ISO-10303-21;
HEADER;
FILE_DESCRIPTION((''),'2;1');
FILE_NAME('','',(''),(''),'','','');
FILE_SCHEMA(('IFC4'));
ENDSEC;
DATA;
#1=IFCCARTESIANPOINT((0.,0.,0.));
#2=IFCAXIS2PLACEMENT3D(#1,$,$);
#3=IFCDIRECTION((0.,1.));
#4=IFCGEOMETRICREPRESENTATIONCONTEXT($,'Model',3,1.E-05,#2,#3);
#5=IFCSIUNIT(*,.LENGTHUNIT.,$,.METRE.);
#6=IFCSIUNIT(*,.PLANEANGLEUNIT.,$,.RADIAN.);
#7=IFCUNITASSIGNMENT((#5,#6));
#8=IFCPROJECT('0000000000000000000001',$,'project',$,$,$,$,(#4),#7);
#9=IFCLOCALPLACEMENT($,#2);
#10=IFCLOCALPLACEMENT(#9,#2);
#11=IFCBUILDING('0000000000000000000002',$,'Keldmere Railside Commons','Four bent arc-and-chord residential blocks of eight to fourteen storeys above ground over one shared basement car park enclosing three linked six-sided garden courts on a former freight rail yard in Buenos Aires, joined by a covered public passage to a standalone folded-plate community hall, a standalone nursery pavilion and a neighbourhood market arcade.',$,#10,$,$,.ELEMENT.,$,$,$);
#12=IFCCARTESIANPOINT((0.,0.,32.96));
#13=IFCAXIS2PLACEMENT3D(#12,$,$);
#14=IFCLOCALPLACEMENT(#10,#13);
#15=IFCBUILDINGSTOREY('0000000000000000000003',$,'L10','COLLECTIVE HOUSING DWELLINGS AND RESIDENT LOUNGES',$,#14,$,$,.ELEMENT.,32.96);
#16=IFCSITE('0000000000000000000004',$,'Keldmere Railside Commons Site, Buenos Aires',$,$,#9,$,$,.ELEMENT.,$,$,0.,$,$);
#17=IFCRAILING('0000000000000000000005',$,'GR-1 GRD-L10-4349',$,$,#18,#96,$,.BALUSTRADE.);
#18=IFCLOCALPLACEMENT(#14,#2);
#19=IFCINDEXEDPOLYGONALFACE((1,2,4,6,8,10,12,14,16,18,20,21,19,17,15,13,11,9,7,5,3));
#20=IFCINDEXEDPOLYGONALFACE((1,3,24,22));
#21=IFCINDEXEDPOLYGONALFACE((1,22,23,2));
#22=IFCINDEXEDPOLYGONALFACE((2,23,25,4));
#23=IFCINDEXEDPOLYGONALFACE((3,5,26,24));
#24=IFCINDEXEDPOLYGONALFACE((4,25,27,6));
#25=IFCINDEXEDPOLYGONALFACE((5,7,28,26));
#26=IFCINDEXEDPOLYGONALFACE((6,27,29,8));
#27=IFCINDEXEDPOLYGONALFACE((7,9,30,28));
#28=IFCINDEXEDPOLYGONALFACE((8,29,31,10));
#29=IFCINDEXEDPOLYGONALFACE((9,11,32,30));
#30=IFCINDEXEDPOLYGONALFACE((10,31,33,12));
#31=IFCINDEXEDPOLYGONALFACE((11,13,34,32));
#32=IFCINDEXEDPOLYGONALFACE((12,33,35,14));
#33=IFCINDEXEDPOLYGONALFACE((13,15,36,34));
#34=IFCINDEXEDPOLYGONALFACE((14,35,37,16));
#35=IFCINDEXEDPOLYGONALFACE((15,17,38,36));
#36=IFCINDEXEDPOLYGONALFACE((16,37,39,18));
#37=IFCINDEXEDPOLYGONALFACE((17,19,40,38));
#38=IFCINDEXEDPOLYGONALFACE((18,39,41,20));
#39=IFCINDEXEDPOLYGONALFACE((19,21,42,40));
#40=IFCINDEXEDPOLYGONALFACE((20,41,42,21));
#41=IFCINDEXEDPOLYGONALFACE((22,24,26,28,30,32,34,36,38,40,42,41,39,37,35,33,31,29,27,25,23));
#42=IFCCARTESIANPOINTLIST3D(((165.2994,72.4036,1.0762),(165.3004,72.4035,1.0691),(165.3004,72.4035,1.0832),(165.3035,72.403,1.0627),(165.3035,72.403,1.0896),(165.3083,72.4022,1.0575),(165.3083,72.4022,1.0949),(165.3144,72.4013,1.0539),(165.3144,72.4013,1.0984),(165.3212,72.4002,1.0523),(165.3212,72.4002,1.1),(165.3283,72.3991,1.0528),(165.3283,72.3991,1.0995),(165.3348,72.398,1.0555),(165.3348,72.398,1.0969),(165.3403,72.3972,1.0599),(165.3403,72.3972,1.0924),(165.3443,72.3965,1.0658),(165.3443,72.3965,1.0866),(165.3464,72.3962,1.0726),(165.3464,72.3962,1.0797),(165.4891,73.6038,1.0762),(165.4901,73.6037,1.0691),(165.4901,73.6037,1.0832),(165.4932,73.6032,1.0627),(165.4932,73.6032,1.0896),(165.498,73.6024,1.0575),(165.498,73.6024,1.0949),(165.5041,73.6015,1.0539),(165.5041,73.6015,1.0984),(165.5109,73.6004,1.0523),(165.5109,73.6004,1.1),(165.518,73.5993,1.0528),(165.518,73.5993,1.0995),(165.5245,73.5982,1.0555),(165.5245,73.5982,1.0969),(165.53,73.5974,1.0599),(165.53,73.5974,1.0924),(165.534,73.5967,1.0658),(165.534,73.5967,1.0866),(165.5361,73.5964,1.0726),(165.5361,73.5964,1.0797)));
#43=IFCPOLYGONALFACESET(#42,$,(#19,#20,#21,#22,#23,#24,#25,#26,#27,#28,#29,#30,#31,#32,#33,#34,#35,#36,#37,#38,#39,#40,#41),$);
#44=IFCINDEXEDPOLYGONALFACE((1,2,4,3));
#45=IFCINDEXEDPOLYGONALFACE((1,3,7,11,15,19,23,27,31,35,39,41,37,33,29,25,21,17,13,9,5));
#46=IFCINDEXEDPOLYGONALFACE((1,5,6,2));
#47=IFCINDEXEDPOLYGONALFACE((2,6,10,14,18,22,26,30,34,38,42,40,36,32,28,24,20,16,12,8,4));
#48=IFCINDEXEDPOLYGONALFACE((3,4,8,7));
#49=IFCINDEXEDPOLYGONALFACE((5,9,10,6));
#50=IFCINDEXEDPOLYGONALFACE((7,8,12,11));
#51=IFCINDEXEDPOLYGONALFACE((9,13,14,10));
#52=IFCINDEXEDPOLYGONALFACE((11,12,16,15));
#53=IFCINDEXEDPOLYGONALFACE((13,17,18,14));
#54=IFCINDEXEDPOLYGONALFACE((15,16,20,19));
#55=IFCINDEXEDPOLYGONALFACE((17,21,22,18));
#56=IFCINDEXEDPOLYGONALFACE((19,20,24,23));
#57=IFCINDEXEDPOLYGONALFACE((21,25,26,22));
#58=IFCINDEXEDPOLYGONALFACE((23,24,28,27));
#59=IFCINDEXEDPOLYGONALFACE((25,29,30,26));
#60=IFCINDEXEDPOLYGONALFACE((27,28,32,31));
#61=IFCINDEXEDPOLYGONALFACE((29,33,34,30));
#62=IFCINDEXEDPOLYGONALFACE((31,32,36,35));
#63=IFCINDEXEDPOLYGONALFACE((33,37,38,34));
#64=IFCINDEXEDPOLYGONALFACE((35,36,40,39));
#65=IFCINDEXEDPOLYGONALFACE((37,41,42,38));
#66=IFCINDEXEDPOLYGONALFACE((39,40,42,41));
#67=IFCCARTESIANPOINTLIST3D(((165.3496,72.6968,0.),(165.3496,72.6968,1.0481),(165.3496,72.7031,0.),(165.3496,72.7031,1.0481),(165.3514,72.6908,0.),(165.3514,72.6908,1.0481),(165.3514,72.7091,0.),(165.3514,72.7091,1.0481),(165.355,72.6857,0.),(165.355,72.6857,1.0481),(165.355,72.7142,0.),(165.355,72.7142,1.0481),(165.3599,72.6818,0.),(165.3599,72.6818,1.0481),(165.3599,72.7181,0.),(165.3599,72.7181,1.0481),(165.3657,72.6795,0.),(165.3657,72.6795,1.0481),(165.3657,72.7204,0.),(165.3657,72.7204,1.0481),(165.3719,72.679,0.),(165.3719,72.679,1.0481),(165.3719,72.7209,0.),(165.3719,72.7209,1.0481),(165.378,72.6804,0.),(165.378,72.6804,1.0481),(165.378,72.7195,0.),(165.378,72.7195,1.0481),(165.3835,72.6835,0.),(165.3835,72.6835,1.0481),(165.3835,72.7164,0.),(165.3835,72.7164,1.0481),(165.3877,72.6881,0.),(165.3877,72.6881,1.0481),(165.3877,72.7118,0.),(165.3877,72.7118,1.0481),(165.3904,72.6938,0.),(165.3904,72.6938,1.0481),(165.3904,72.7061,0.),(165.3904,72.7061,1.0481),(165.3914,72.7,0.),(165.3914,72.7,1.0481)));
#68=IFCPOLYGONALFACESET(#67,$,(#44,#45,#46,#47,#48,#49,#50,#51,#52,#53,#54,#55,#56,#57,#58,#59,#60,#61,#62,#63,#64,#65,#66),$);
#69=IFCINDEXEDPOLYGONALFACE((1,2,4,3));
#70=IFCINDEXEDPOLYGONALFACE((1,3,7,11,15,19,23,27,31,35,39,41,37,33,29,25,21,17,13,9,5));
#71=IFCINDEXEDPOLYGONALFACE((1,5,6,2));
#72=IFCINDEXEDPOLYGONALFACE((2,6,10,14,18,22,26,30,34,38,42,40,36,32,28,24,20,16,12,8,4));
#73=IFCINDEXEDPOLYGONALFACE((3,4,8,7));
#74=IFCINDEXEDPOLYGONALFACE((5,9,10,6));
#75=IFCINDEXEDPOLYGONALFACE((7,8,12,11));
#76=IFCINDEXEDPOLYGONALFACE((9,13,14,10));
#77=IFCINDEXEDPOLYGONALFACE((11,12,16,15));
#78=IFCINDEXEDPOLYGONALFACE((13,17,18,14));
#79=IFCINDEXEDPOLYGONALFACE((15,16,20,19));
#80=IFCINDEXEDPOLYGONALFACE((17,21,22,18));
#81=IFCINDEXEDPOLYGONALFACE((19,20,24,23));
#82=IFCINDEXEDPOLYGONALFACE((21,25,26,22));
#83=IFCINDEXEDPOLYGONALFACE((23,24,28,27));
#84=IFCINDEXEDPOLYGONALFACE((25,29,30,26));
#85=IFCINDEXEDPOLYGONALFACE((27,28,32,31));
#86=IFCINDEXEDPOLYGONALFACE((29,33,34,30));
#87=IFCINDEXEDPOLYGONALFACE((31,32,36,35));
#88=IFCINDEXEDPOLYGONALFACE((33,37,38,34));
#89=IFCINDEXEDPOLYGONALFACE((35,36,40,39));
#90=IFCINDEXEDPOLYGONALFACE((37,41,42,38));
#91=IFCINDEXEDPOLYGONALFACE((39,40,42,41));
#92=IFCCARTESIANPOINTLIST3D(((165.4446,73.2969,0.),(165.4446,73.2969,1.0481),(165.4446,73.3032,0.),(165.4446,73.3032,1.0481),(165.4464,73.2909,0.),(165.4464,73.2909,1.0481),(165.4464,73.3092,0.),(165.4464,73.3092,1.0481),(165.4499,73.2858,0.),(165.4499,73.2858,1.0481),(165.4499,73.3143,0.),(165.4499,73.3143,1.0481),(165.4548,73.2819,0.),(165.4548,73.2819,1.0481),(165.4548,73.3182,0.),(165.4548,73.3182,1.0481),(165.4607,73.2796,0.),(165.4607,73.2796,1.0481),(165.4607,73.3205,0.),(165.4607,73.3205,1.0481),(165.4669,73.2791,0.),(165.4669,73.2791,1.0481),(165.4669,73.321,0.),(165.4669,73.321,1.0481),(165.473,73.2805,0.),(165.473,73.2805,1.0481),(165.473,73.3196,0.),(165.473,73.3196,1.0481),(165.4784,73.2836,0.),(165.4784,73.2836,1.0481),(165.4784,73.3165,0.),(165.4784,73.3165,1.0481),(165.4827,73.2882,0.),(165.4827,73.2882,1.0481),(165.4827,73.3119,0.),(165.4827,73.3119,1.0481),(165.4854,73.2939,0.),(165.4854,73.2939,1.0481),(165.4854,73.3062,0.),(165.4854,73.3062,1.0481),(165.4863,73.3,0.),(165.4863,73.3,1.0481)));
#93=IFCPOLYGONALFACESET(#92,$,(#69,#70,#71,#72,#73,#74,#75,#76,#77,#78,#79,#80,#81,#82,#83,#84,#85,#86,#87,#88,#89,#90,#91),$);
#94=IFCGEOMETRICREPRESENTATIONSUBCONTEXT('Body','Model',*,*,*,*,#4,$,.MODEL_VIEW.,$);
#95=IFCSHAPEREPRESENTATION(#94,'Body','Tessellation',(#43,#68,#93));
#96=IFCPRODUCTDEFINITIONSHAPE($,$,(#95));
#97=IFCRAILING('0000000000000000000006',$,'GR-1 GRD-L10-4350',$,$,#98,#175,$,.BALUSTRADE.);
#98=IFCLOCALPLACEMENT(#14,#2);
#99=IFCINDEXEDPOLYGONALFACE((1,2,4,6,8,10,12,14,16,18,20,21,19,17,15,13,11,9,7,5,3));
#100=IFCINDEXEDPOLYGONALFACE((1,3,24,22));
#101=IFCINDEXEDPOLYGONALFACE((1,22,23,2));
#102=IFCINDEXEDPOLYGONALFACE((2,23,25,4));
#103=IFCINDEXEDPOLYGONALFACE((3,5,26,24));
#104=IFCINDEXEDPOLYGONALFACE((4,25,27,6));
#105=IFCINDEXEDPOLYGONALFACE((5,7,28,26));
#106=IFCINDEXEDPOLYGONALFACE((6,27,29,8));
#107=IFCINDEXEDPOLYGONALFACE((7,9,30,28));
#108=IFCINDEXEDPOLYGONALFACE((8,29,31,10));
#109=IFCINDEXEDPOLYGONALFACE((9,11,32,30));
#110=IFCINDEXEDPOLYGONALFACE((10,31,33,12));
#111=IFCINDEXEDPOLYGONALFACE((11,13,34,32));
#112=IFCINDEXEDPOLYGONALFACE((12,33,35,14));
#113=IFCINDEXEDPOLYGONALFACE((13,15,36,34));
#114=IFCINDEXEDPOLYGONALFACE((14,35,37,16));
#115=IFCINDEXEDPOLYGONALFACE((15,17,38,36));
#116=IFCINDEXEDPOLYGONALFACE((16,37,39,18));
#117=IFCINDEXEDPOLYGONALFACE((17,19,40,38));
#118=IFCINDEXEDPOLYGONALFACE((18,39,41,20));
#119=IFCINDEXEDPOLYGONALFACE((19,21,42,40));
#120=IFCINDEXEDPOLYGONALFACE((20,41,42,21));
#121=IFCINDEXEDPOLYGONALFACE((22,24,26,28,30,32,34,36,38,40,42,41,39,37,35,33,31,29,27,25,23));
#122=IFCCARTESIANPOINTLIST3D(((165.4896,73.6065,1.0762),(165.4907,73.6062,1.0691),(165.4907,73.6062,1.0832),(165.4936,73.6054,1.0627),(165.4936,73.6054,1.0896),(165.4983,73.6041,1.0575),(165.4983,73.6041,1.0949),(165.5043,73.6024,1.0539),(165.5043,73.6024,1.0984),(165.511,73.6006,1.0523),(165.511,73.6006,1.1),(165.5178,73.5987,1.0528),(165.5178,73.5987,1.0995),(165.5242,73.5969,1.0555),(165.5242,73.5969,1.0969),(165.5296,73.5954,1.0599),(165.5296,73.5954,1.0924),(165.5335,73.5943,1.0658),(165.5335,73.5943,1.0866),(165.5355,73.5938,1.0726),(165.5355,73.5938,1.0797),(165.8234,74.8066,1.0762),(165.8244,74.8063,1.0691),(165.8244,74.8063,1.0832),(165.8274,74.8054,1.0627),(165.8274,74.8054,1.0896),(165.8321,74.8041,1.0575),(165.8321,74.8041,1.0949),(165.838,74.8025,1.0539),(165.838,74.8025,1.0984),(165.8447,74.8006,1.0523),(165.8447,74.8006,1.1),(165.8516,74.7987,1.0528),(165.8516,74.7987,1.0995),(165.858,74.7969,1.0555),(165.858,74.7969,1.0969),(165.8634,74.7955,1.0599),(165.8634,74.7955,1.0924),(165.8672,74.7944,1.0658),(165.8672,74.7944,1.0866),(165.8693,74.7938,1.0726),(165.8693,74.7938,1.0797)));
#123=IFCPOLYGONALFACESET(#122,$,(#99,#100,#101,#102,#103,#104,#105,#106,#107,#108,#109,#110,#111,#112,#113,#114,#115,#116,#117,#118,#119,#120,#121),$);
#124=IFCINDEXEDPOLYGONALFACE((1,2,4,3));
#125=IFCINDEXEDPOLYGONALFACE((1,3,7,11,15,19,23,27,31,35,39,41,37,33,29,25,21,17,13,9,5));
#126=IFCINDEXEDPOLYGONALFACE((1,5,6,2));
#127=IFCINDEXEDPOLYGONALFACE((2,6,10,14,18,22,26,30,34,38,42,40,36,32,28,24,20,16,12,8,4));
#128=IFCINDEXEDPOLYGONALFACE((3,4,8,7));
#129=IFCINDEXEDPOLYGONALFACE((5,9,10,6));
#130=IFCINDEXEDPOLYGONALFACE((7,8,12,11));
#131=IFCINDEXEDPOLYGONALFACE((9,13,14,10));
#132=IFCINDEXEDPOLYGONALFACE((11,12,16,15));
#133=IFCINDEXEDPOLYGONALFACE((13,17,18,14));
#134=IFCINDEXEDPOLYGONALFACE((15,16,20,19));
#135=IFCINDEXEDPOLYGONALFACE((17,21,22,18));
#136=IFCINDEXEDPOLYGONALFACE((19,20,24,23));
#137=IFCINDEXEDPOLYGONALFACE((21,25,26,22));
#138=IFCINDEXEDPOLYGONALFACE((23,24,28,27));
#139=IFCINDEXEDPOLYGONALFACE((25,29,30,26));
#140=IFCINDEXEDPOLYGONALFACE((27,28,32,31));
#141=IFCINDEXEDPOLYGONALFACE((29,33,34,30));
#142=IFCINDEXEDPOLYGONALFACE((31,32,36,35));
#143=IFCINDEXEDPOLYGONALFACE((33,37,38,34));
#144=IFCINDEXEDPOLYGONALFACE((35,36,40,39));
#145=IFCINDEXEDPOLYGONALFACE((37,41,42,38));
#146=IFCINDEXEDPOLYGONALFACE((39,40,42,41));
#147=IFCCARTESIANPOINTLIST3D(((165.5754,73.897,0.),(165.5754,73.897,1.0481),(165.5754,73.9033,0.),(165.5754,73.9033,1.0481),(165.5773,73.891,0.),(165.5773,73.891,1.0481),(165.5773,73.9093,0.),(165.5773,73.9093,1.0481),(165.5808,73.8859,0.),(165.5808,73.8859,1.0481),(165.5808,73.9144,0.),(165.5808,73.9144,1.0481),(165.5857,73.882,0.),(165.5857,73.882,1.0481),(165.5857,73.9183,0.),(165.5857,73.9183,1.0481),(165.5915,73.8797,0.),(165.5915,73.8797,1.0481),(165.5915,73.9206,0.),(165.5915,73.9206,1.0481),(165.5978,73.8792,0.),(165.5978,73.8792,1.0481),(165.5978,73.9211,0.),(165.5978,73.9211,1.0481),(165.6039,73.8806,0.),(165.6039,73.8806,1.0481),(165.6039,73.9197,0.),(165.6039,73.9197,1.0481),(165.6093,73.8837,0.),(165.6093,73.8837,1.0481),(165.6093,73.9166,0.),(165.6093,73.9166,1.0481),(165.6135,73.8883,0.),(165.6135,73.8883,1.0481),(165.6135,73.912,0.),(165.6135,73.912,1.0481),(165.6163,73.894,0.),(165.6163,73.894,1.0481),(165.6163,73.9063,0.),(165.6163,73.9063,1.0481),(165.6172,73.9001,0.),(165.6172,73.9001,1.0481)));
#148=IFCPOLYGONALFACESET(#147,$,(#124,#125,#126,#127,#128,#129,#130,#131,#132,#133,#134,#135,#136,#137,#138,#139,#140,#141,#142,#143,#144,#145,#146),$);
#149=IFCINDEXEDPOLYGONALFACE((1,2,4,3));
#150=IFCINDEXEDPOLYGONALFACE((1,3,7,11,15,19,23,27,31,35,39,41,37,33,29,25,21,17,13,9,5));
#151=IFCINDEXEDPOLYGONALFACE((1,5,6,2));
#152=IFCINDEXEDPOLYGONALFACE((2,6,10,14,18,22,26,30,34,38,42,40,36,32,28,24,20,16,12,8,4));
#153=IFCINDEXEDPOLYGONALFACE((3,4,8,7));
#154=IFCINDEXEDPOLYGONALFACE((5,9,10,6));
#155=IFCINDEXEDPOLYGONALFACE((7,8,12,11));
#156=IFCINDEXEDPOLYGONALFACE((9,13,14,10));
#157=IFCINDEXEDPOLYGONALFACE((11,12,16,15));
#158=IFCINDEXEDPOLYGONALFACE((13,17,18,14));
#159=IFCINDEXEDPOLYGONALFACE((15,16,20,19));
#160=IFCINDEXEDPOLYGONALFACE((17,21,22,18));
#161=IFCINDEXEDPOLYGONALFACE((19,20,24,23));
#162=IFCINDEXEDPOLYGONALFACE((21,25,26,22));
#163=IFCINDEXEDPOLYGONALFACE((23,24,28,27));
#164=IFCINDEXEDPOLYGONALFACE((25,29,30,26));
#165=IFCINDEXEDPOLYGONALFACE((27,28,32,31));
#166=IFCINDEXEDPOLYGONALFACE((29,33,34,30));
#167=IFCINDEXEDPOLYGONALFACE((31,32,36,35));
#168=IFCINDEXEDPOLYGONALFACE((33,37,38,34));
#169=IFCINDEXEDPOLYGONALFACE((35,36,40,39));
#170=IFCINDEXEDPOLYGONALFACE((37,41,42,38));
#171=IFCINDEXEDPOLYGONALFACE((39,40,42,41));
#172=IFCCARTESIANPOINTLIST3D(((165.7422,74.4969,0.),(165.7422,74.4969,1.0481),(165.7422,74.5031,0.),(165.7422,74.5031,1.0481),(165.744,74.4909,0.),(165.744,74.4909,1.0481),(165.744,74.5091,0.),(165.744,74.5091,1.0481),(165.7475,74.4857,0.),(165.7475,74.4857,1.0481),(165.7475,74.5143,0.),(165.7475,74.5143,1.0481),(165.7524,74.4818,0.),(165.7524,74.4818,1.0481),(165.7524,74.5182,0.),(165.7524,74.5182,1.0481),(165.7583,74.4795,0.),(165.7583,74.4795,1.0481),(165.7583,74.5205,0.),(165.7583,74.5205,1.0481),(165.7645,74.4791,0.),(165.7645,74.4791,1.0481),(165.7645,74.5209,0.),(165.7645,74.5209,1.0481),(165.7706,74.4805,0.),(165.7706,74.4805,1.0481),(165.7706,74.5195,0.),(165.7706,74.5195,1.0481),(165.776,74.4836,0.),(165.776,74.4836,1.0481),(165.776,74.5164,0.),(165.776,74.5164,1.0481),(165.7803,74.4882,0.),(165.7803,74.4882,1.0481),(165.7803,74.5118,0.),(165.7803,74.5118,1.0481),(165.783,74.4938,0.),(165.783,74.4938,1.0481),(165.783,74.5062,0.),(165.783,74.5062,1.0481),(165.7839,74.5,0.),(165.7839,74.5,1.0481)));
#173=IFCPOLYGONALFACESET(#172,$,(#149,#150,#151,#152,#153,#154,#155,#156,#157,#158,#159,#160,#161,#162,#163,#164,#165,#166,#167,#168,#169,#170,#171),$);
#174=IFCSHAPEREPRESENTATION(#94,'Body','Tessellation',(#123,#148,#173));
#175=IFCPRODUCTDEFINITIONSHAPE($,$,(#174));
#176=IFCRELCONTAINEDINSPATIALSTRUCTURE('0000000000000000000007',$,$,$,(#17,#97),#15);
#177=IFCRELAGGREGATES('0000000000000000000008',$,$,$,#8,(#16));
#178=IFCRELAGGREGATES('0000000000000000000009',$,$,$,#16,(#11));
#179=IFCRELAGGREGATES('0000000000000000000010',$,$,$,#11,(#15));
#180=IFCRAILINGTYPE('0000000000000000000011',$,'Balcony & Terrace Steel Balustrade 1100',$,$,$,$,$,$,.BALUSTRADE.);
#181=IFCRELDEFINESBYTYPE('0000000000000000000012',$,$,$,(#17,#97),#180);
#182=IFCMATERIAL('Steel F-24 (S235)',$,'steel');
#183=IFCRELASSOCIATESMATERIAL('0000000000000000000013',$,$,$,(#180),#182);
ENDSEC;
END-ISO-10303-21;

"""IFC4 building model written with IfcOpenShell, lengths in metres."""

from ifc_helpers import new_model, si_unit, direction, frame, origin, origin_2d, place, context, subcontext, project, spatial, circle, extrude, material, type_object, element, save


model = new_model("IFC4")

# Units and contexts
model_context = context("Model", 3, precision=1e-05, world=origin(), true_north=direction((0.0, 1.0)))
body_context = subcontext(model_context, "Body", "Model", "MODEL_VIEW")
ifc_project = project(units=[si_unit("LENGTHUNIT", "METRE"), si_unit("PLANEANGLEUNIT", "RADIAN")], contexts=[model_context])

# Site, building, storey
site_placement = place(None, origin())
site = spatial("IfcSite", under=ifc_project, at=site_placement, Name="Keldmere Railside Commons Site, Buenos Aires", CompositionType="ELEMENT", RefElevation=0.0)
building_placement = place(site_placement, origin())
building = spatial("IfcBuilding", under=site, at=building_placement, Name="Keldmere Railside Commons", Description="Four bent arc-and-chord residential blocks of eight to fourteen storeys above ground over one shared basement car park enclosing three linked six-sided garden courts on a former freight rail yard in Buenos Aires, joined by a covered public passage to a standalone folded-plate community hall, a standalone nursery pavilion and a neighbourhood market arcade.", CompositionType="ELEMENT")
storey_placement = place(building_placement, frame((0.0, 0.0, 32.96)))
storey = spatial("IfcBuildingStorey", under=building, at=storey_placement, Name="L10", Description="COLLECTIVE HOUSING DWELLINGS AND RESIDENT LOUNGES", CompositionType="ELEMENT", Elevation=32.96)

# Railings
ifc_material_1 = material(Name="Steel F-24 (S235)", Category="steel")
railing_type_1 = type_object("IfcRailingType", Name="Balcony & Terrace Steel Balustrade 1100", PredefinedType="BALUSTRADE", material=ifc_material_1)
railing_1_placement = place(storey_placement, frame((165.323, 72.3999, 0.0)))
element("IfcRailing", 1, at=railing_1_placement, inside=storey, type_object=railing_type_1, Name="GR-1 GRD-L10-4349", PredefinedType="BALUSTRADE", context=body_context, shape_type="SweptSolid", body=[
    extrude(circle(Radius=0.0239, at=origin_2d()), frame((0.0, 0.0, 1.0762), z_axis=(0.156117, 0.987739, 0.0), x_axis=(-0.987739, 0.156117, 0.0)), (0.0, 0.0, 1.0), 1.2151),
    extrude(circle(Radius=0.021, at=origin_2d()), frame((0.0474, 0.3, 0.0)), (0.0, 0.0, 1.0), 1.0481),
    extrude(circle(Radius=0.021, at=origin_2d()), frame((0.1423, 0.9001, 0.0)), (0.0, 0.0, 1.0), 1.0481),
])
railing_2_placement = place(storey_placement, frame((165.5127, 73.6001, 0.0)))
element("IfcRailing", 2, at=railing_2_placement, inside=storey, type_object=railing_type_1, Name="GR-1 GRD-L10-4350", PredefinedType="BALUSTRADE", context=body_context, shape_type="SweptSolid", body=[
    extrude(circle(Radius=0.0239, at=origin_2d()), frame((0.0, 0.0, 1.0762), z_axis=(0.267957, 0.963431, 0.0), x_axis=(-0.963431, 0.267957, 0.0)), (0.0, 0.0, 1.0), 1.2456),
    extrude(circle(Radius=0.021, at=origin_2d()), frame((0.0835, 0.3, 0.0)), (0.0, 0.0, 1.0), 1.0481),
    extrude(circle(Radius=0.021, at=origin_2d()), frame((0.2502, 0.8999, 0.0)), (0.0, 0.0, 1.0), 1.0481),
])

save(model, "model.ifc")
